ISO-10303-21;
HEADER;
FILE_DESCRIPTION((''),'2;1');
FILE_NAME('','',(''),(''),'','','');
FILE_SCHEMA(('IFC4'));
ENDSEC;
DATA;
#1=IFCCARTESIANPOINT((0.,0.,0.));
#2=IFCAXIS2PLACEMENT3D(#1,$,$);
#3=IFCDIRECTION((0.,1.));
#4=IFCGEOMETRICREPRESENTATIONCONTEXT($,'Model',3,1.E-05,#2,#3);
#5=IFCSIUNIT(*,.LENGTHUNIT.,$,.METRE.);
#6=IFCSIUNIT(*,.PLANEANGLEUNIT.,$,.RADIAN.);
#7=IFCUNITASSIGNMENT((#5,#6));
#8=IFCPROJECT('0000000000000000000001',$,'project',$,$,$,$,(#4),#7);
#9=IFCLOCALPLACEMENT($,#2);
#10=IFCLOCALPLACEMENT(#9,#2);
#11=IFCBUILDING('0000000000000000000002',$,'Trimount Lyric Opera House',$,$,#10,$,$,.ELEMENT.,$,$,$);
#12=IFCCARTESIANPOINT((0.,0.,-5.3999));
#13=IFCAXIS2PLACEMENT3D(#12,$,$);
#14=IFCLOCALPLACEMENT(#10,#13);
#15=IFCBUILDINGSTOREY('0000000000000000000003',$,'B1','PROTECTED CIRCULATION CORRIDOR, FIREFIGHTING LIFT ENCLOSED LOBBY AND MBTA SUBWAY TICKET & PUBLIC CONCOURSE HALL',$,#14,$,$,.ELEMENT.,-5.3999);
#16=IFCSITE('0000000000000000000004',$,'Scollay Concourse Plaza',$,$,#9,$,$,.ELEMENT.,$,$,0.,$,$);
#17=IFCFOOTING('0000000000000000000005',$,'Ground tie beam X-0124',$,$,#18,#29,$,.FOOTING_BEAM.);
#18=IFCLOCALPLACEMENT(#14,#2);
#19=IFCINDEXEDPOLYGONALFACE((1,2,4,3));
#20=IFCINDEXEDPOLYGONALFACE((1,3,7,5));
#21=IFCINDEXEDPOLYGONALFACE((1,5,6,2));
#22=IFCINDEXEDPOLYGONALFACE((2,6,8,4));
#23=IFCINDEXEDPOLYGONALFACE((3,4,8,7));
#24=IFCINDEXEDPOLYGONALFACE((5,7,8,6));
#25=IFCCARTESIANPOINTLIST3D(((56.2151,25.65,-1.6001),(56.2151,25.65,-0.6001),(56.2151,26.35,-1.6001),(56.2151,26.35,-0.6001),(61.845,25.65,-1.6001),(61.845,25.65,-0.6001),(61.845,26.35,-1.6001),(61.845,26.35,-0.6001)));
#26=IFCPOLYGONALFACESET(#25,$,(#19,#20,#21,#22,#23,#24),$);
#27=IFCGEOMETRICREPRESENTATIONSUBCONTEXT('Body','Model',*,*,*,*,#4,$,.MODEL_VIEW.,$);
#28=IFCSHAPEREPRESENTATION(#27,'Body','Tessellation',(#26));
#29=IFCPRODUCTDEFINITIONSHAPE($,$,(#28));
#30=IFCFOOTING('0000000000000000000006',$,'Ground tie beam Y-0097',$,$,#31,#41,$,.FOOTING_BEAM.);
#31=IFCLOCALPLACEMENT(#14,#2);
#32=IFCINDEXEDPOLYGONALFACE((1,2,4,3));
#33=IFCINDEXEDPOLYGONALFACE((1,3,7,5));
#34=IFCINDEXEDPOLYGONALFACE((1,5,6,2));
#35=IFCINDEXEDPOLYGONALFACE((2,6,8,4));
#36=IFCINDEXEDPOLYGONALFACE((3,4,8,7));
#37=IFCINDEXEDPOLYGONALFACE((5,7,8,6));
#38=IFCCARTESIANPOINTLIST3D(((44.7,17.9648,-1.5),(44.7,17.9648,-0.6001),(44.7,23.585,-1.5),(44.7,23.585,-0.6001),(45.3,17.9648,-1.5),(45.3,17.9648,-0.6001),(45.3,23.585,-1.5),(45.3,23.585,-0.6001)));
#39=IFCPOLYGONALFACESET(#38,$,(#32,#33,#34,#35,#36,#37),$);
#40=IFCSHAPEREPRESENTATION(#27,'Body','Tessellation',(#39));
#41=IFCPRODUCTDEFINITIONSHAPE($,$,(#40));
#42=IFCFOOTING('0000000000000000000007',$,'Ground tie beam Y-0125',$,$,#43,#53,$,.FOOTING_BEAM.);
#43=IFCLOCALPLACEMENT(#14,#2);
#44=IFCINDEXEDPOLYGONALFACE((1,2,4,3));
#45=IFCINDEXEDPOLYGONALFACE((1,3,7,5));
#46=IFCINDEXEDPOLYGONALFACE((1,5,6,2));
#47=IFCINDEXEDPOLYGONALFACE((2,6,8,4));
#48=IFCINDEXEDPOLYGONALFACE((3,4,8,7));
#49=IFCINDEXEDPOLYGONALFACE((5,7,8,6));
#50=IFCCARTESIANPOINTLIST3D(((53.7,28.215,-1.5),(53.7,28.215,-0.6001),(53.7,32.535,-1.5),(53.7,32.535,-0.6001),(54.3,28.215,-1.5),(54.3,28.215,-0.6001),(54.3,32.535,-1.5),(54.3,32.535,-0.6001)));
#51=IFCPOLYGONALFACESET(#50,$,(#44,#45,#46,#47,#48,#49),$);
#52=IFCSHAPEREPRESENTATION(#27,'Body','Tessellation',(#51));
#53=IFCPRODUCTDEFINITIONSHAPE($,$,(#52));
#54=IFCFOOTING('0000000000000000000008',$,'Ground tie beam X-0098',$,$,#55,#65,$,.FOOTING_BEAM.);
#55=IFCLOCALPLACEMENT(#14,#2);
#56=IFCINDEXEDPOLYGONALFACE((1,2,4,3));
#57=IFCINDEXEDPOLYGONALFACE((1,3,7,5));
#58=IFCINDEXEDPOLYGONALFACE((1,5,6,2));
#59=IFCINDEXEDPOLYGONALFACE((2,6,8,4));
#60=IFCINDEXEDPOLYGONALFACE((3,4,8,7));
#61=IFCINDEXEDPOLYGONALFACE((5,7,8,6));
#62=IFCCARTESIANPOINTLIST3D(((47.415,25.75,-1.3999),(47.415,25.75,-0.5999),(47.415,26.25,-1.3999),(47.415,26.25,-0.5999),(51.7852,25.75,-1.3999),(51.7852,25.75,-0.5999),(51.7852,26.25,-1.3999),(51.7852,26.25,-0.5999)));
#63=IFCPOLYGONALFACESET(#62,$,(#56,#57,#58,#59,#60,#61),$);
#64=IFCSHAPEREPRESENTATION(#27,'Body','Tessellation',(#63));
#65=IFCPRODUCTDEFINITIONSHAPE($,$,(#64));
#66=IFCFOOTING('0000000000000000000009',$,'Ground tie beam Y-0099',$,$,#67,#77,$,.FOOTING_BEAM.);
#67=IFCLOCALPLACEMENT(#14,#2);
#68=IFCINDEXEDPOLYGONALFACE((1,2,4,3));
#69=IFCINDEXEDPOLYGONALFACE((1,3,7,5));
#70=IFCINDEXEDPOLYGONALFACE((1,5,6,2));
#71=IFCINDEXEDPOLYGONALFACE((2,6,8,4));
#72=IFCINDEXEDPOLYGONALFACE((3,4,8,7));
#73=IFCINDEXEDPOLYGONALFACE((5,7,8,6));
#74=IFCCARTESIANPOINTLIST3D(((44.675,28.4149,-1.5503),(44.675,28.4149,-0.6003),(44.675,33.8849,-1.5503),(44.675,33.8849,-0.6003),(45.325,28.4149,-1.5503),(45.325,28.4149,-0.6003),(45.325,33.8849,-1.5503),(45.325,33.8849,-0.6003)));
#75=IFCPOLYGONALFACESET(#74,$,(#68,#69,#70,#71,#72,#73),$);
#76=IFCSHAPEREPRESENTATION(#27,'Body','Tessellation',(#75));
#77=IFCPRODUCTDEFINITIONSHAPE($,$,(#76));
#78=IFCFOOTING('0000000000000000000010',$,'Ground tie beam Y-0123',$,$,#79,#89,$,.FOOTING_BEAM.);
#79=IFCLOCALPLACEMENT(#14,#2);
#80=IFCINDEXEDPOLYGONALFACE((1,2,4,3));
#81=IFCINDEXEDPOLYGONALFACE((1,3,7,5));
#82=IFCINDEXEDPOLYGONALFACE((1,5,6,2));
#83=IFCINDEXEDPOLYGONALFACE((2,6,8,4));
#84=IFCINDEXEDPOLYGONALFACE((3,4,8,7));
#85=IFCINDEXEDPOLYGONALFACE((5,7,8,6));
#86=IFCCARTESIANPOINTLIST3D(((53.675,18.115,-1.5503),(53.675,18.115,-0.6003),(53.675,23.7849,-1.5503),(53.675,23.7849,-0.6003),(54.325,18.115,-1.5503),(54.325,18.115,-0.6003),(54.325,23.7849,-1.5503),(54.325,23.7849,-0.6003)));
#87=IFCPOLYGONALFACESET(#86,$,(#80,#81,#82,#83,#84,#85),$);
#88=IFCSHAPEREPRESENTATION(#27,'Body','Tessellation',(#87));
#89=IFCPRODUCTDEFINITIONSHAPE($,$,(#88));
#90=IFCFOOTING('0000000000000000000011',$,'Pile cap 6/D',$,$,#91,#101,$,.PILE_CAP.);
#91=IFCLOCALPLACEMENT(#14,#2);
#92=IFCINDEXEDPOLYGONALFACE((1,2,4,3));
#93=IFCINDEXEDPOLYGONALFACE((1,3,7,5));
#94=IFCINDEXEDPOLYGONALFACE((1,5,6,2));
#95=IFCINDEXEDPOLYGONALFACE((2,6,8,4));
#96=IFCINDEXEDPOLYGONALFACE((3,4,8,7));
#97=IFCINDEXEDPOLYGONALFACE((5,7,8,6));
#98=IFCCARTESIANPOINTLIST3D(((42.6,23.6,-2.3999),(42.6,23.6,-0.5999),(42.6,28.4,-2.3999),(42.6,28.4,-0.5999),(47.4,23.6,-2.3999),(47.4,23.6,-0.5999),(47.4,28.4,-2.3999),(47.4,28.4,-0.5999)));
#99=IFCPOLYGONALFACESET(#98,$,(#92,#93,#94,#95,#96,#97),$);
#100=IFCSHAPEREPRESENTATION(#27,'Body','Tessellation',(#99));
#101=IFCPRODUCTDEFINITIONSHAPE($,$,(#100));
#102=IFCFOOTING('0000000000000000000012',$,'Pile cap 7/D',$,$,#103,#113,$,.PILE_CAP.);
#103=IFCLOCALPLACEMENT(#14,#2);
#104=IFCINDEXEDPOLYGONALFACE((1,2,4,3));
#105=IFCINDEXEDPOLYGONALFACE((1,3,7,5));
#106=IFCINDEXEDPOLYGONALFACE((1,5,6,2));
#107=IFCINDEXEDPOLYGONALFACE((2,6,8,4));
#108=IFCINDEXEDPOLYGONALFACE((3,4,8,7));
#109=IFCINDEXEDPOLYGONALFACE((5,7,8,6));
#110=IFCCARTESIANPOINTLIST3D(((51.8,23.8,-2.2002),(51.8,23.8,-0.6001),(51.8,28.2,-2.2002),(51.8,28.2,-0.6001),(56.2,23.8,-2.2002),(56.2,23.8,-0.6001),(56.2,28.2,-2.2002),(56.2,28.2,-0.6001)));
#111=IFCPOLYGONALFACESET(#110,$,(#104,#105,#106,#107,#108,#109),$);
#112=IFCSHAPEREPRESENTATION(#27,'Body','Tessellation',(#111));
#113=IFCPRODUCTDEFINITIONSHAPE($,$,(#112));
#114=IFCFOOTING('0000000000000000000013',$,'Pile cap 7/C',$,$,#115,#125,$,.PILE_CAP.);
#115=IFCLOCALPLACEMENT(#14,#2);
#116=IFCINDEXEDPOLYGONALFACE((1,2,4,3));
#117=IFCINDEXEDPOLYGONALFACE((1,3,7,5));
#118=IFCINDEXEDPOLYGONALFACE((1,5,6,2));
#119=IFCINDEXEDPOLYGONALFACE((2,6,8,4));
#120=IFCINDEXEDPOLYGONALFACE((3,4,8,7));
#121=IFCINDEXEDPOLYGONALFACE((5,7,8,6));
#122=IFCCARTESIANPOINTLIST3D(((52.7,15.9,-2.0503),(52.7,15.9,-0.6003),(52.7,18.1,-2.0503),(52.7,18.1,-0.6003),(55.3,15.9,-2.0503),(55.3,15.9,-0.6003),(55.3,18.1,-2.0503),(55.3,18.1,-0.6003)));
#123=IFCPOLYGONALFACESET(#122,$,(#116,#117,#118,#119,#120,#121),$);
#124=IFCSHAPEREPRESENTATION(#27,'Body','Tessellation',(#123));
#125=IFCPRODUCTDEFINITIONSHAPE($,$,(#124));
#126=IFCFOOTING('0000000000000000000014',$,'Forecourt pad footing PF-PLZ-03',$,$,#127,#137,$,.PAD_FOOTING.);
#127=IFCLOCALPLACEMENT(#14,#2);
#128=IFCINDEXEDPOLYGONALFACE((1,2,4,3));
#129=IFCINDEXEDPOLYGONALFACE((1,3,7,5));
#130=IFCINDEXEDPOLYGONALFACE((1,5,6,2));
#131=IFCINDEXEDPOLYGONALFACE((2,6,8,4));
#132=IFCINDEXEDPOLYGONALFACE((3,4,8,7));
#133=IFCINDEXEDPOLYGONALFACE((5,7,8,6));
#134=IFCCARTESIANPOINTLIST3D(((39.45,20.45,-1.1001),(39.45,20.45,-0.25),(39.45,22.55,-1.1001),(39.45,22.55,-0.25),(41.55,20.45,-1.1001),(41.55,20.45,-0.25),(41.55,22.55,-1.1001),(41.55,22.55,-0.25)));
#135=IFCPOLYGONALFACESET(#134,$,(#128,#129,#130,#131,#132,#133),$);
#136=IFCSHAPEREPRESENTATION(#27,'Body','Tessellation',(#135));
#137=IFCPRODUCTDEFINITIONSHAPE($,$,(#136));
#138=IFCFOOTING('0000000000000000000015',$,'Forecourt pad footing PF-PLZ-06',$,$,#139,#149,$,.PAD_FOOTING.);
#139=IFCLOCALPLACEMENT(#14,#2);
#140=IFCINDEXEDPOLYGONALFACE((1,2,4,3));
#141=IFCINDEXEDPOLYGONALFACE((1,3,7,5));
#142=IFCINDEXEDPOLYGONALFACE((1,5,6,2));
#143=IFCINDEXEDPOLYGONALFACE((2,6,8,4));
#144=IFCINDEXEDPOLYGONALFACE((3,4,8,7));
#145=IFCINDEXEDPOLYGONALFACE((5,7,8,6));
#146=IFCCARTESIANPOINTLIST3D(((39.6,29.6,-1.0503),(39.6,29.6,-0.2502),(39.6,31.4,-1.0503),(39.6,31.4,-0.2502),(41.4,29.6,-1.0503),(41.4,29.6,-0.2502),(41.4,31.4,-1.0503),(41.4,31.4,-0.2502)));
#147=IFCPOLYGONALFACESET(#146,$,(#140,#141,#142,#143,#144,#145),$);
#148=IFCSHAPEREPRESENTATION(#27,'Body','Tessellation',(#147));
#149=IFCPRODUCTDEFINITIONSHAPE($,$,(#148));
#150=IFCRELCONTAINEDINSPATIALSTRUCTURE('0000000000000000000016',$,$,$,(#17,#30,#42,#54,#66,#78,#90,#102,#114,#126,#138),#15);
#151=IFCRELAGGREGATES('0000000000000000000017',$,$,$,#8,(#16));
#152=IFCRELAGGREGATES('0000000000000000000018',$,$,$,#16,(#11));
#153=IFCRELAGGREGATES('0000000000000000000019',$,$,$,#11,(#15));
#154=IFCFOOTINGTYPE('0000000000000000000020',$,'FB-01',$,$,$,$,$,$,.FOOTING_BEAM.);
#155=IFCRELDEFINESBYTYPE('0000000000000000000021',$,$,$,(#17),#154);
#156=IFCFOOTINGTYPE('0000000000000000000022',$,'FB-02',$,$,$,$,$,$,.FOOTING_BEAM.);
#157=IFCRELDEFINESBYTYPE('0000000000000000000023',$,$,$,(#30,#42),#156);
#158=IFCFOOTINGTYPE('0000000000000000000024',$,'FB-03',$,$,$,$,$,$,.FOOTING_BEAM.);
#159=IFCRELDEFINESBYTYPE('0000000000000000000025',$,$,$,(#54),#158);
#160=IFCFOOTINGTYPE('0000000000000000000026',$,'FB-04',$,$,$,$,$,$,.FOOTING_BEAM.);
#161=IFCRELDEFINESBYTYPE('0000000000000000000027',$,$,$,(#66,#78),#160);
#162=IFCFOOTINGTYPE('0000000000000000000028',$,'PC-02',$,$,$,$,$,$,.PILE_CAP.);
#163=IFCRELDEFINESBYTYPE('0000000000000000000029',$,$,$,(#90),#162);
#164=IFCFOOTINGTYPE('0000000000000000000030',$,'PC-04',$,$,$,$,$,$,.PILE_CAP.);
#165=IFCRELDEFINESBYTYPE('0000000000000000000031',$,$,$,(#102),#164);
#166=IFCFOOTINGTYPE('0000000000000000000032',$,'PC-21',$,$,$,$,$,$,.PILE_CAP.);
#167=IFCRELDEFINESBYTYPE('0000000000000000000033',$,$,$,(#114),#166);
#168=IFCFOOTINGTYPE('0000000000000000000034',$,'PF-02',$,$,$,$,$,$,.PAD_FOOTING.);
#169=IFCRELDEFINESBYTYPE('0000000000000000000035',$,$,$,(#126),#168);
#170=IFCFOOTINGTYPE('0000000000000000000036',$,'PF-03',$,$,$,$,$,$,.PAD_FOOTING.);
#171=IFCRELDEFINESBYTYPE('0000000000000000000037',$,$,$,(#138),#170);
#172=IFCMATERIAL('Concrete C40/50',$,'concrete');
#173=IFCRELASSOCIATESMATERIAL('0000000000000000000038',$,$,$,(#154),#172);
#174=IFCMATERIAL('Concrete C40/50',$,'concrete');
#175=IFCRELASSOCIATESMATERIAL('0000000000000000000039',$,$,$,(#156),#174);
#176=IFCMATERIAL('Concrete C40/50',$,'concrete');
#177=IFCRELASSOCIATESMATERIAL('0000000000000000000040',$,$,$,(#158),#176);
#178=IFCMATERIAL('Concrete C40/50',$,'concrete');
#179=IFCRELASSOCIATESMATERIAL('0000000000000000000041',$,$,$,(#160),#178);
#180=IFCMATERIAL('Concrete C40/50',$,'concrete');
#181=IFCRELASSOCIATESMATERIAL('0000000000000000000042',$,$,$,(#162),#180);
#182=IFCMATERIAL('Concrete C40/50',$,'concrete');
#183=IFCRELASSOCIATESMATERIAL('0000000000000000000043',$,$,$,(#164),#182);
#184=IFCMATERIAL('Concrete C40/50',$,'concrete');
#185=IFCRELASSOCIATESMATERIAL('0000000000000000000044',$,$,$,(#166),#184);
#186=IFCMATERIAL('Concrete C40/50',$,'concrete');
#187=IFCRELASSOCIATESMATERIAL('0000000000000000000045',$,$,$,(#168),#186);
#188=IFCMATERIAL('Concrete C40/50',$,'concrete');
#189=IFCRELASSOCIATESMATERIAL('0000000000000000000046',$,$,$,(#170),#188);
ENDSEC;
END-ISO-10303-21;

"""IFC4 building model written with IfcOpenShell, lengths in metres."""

from ifc_helpers import new_model, si_unit, direction, frame, origin, origin_2d, place, context, subcontext, project, spatial, rectangle, extrude, material, type_object, element, save


model = new_model("IFC4")

# Units and contexts
model_context = context("Model", 3, precision=1e-05, world=origin(), true_north=direction((0.0, 1.0)))
body_context = subcontext(model_context, "Body", "Model", "MODEL_VIEW")
ifc_project = project(units=[si_unit("LENGTHUNIT", "METRE"), si_unit("PLANEANGLEUNIT", "RADIAN")], contexts=[model_context])

# Site, building, storey
site_placement = place(None, origin())
site = spatial("IfcSite", under=ifc_project, at=site_placement, Name="Scollay Concourse Plaza", CompositionType="ELEMENT", RefElevation=0.0)
building_placement = place(site_placement, origin())
building = spatial("IfcBuilding", under=site, at=building_placement, Name="Trimount Lyric Opera House", CompositionType="ELEMENT")
storey_placement = place(building_placement, frame((0.0, 0.0, -5.3999)))
storey = spatial("IfcBuildingStorey", under=building, at=storey_placement, Name="B1", Description="PROTECTED CIRCULATION CORRIDOR, FIREFIGHTING LIFT ENCLOSED LOBBY AND MBTA SUBWAY TICKET & PUBLIC CONCOURSE HALL", CompositionType="ELEMENT", Elevation=-5.3999)

# Footings
ifc_material_1 = material(Name="Concrete C40/50", Category="concrete")
footing_type_1 = type_object("IfcFootingType", Name="FB-01", PredefinedType="FOOTING_BEAM", material=ifc_material_1)
footing_1_placement = place(storey_placement, frame((59.03, 26.0, -1.6001), z_axis=(0.0, 0.0, 1.0), x_axis=(1.0, 0.0, 0.0)))
element("IfcFooting", 1, at=footing_1_placement, inside=storey, type_object=footing_type_1, Name="Ground tie beam X-0124", PredefinedType="FOOTING_BEAM", context=body_context, shape_type="SweptSolid", body=[
    extrude(rectangle(XDim=5.6299, YDim=0.7, at=origin_2d()), origin(), (0.0, 0.0, 1.0), 1.0),
])
ifc_material_2 = material(Name="Concrete C40/50", Category="concrete")
footing_type_2 = type_object("IfcFootingType", Name="FB-02", PredefinedType="FOOTING_BEAM", material=ifc_material_2)
footing_2_placement = place(storey_placement, frame((45.0, 20.7749, -1.5), z_axis=(0.0, 0.0, 1.0), x_axis=(1.0, 0.0, 0.0)))
element("IfcFooting", 2, at=footing_2_placement, inside=storey, type_object=footing_type_2, Name="Ground tie beam Y-0097", PredefinedType="FOOTING_BEAM", context=body_context, shape_type="SweptSolid", body=[
    extrude(rectangle(XDim=0.6001, YDim=5.6201, at=origin_2d()), origin(), (0.0, 0.0, 1.0), 0.8999),
])
footing_3_placement = place(storey_placement, frame((54.0, 30.375, -1.5), z_axis=(0.0, 0.0, 1.0), x_axis=(1.0, 0.0, 0.0)))
element("IfcFooting", 3, at=footing_3_placement, inside=storey, type_object=footing_type_2, Name="Ground tie beam Y-0125", PredefinedType="FOOTING_BEAM", context=body_context, shape_type="SweptSolid", body=[
    extrude(rectangle(XDim=0.6001, YDim=4.3201, at=origin_2d()), origin(), (0.0, 0.0, 1.0), 0.8999),
])
ifc_material_3 = material(Name="Concrete C40/50", Category="concrete")
footing_type_3 = type_object("IfcFootingType", Name="FB-03", PredefinedType="FOOTING_BEAM", material=ifc_material_3)
footing_4_placement = place(storey_placement, frame((49.6001, 26.0, -1.3999), z_axis=(0.0, 0.0, 1.0), x_axis=(1.0, 0.0, 0.0)))
element("IfcFooting", 4, at=footing_4_placement, inside=storey, type_object=footing_type_3, Name="Ground tie beam X-0098", PredefinedType="FOOTING_BEAM", context=body_context, shape_type="SweptSolid", body=[
    extrude(rectangle(XDim=4.3701, YDim=0.5, at=origin_2d()), origin(), (0.0, 0.0, 1.0), 0.8),
])
ifc_material_4 = material(Name="Concrete C40/50", Category="concrete")
footing_type_4 = type_object("IfcFootingType", Name="FB-04", PredefinedType="FOOTING_BEAM", material=ifc_material_4)
footing_5_placement = place(storey_placement, frame((45.0, 31.1499, -1.5503), z_axis=(0.0, 0.0, 1.0), x_axis=(1.0, 0.0, 0.0)))
element("IfcFooting", 5, at=footing_5_placement, inside=storey, type_object=footing_type_4, Name="Ground tie beam Y-0099", PredefinedType="FOOTING_BEAM", context=body_context, shape_type="SweptSolid", body=[
    extrude(rectangle(XDim=0.6499, YDim=5.47, at=origin_2d()), origin(), (0.0, 0.0, 1.0), 0.95),
])
footing_6_placement = place(storey_placement, frame((54.0, 20.95, -1.5503), z_axis=(0.0, 0.0, 1.0), x_axis=(1.0, 0.0, 0.0)))
element("IfcFooting", 6, at=footing_6_placement, inside=storey, type_object=footing_type_4, Name="Ground tie beam Y-0123", PredefinedType="FOOTING_BEAM", context=body_context, shape_type="SweptSolid", body=[
    extrude(rectangle(XDim=0.6499, YDim=5.6699, at=origin_2d()), origin(), (0.0, 0.0, 1.0), 0.95),
])
ifc_material_5 = material(Name="Concrete C40/50", Category="concrete")
footing_type_5 = type_object("IfcFootingType", Name="PC-02", PredefinedType="PILE_CAP", material=ifc_material_5)
footing_7_placement = place(storey_placement, frame((45.0, 26.0, -2.3999), z_axis=(0.0, 0.0, 1.0), x_axis=(1.0, 0.0, 0.0)))
element("IfcFooting", 7, at=footing_7_placement, inside=storey, type_object=footing_type_5, Name="Pile cap 6/D", PredefinedType="PILE_CAP", context=body_context, shape_type="SweptSolid", body=[
    extrude(rectangle(XDim=4.8, YDim=4.8, at=origin_2d()), origin(), (0.0, 0.0, 1.0), 1.8),
])
ifc_material_6 = material(Name="Concrete C40/50", Category="concrete")
footing_type_6 = type_object("IfcFootingType", Name="PC-04", PredefinedType="PILE_CAP", material=ifc_material_6)
footing_8_placement = place(storey_placement, frame((54.0, 26.0, -2.2002), z_axis=(0.0, 0.0, 1.0), x_axis=(1.0, 0.0, 0.0)))
element("IfcFooting", 8, at=footing_8_placement, inside=storey, type_object=footing_type_6, Name="Pile cap 7/D", PredefinedType="PILE_CAP", context=body_context, shape_type="SweptSolid", body=[
    extrude(rectangle(XDim=4.3999, YDim=4.3999, at=origin_2d()), origin(), (0.0, 0.0, 1.0), 1.6001),
])
ifc_material_7 = material(Name="Concrete C40/50", Category="concrete")
footing_type_7 = type_object("IfcFootingType", Name="PC-21", PredefinedType="PILE_CAP", material=ifc_material_7)
footing_9_placement = place(storey_placement, frame((54.0, 17.0, -2.0503), z_axis=(0.0, 0.0, 1.0), x_axis=(1.0, 0.0, 0.0)))
element("IfcFooting", 9, at=footing_9_placement, inside=storey, type_object=footing_type_7, Name="Pile cap 7/C", PredefinedType="PILE_CAP", context=body_context, shape_type="SweptSolid", body=[
    extrude(rectangle(XDim=2.6001, YDim=2.2, at=origin_2d()), origin(), (0.0, 0.0, 1.0), 1.45),
])
ifc_material_8 = material(Name="Concrete C40/50", Category="concrete")
footing_type_8 = type_object("IfcFootingType", Name="PF-02", PredefinedType="PAD_FOOTING", material=ifc_material_8)
footing_10_placement = place(storey_placement, frame((40.5, 21.5, -1.1001), z_axis=(0.0, 0.0, 1.0), x_axis=(1.0, 0.0, 0.0)))
element("IfcFooting", 10, at=footing_10_placement, inside=storey, type_object=footing_type_8, Name="Forecourt pad footing PF-PLZ-03", PredefinedType="PAD_FOOTING", context=body_context, shape_type="SweptSolid", body=[
    extrude(rectangle(XDim=2.1001, YDim=2.1001, at=origin_2d()), origin(), (0.0, 0.0, 1.0), 0.8501),
])
ifc_material_9 = material(Name="Concrete C40/50", Category="concrete")
footing_type_9 = type_object("IfcFootingType", Name="PF-03", PredefinedType="PAD_FOOTING", material=ifc_material_9)
footing_11_placement = place(storey_placement, frame((40.5, 30.5, -1.0503), z_axis=(0.0, 0.0, 1.0), x_axis=(1.0, 0.0, 0.0)))
element("IfcFooting", 11, at=footing_11_placement, inside=storey, type_object=footing_type_9, Name="Forecourt pad footing PF-PLZ-06", PredefinedType="PAD_FOOTING", context=body_context, shape_type="SweptSolid", body=[
    extrude(rectangle(XDim=1.8, YDim=1.8, at=origin_2d()), origin(), (0.0, 0.0, 1.0), 0.8),
])

save(model, "model.ifc")
